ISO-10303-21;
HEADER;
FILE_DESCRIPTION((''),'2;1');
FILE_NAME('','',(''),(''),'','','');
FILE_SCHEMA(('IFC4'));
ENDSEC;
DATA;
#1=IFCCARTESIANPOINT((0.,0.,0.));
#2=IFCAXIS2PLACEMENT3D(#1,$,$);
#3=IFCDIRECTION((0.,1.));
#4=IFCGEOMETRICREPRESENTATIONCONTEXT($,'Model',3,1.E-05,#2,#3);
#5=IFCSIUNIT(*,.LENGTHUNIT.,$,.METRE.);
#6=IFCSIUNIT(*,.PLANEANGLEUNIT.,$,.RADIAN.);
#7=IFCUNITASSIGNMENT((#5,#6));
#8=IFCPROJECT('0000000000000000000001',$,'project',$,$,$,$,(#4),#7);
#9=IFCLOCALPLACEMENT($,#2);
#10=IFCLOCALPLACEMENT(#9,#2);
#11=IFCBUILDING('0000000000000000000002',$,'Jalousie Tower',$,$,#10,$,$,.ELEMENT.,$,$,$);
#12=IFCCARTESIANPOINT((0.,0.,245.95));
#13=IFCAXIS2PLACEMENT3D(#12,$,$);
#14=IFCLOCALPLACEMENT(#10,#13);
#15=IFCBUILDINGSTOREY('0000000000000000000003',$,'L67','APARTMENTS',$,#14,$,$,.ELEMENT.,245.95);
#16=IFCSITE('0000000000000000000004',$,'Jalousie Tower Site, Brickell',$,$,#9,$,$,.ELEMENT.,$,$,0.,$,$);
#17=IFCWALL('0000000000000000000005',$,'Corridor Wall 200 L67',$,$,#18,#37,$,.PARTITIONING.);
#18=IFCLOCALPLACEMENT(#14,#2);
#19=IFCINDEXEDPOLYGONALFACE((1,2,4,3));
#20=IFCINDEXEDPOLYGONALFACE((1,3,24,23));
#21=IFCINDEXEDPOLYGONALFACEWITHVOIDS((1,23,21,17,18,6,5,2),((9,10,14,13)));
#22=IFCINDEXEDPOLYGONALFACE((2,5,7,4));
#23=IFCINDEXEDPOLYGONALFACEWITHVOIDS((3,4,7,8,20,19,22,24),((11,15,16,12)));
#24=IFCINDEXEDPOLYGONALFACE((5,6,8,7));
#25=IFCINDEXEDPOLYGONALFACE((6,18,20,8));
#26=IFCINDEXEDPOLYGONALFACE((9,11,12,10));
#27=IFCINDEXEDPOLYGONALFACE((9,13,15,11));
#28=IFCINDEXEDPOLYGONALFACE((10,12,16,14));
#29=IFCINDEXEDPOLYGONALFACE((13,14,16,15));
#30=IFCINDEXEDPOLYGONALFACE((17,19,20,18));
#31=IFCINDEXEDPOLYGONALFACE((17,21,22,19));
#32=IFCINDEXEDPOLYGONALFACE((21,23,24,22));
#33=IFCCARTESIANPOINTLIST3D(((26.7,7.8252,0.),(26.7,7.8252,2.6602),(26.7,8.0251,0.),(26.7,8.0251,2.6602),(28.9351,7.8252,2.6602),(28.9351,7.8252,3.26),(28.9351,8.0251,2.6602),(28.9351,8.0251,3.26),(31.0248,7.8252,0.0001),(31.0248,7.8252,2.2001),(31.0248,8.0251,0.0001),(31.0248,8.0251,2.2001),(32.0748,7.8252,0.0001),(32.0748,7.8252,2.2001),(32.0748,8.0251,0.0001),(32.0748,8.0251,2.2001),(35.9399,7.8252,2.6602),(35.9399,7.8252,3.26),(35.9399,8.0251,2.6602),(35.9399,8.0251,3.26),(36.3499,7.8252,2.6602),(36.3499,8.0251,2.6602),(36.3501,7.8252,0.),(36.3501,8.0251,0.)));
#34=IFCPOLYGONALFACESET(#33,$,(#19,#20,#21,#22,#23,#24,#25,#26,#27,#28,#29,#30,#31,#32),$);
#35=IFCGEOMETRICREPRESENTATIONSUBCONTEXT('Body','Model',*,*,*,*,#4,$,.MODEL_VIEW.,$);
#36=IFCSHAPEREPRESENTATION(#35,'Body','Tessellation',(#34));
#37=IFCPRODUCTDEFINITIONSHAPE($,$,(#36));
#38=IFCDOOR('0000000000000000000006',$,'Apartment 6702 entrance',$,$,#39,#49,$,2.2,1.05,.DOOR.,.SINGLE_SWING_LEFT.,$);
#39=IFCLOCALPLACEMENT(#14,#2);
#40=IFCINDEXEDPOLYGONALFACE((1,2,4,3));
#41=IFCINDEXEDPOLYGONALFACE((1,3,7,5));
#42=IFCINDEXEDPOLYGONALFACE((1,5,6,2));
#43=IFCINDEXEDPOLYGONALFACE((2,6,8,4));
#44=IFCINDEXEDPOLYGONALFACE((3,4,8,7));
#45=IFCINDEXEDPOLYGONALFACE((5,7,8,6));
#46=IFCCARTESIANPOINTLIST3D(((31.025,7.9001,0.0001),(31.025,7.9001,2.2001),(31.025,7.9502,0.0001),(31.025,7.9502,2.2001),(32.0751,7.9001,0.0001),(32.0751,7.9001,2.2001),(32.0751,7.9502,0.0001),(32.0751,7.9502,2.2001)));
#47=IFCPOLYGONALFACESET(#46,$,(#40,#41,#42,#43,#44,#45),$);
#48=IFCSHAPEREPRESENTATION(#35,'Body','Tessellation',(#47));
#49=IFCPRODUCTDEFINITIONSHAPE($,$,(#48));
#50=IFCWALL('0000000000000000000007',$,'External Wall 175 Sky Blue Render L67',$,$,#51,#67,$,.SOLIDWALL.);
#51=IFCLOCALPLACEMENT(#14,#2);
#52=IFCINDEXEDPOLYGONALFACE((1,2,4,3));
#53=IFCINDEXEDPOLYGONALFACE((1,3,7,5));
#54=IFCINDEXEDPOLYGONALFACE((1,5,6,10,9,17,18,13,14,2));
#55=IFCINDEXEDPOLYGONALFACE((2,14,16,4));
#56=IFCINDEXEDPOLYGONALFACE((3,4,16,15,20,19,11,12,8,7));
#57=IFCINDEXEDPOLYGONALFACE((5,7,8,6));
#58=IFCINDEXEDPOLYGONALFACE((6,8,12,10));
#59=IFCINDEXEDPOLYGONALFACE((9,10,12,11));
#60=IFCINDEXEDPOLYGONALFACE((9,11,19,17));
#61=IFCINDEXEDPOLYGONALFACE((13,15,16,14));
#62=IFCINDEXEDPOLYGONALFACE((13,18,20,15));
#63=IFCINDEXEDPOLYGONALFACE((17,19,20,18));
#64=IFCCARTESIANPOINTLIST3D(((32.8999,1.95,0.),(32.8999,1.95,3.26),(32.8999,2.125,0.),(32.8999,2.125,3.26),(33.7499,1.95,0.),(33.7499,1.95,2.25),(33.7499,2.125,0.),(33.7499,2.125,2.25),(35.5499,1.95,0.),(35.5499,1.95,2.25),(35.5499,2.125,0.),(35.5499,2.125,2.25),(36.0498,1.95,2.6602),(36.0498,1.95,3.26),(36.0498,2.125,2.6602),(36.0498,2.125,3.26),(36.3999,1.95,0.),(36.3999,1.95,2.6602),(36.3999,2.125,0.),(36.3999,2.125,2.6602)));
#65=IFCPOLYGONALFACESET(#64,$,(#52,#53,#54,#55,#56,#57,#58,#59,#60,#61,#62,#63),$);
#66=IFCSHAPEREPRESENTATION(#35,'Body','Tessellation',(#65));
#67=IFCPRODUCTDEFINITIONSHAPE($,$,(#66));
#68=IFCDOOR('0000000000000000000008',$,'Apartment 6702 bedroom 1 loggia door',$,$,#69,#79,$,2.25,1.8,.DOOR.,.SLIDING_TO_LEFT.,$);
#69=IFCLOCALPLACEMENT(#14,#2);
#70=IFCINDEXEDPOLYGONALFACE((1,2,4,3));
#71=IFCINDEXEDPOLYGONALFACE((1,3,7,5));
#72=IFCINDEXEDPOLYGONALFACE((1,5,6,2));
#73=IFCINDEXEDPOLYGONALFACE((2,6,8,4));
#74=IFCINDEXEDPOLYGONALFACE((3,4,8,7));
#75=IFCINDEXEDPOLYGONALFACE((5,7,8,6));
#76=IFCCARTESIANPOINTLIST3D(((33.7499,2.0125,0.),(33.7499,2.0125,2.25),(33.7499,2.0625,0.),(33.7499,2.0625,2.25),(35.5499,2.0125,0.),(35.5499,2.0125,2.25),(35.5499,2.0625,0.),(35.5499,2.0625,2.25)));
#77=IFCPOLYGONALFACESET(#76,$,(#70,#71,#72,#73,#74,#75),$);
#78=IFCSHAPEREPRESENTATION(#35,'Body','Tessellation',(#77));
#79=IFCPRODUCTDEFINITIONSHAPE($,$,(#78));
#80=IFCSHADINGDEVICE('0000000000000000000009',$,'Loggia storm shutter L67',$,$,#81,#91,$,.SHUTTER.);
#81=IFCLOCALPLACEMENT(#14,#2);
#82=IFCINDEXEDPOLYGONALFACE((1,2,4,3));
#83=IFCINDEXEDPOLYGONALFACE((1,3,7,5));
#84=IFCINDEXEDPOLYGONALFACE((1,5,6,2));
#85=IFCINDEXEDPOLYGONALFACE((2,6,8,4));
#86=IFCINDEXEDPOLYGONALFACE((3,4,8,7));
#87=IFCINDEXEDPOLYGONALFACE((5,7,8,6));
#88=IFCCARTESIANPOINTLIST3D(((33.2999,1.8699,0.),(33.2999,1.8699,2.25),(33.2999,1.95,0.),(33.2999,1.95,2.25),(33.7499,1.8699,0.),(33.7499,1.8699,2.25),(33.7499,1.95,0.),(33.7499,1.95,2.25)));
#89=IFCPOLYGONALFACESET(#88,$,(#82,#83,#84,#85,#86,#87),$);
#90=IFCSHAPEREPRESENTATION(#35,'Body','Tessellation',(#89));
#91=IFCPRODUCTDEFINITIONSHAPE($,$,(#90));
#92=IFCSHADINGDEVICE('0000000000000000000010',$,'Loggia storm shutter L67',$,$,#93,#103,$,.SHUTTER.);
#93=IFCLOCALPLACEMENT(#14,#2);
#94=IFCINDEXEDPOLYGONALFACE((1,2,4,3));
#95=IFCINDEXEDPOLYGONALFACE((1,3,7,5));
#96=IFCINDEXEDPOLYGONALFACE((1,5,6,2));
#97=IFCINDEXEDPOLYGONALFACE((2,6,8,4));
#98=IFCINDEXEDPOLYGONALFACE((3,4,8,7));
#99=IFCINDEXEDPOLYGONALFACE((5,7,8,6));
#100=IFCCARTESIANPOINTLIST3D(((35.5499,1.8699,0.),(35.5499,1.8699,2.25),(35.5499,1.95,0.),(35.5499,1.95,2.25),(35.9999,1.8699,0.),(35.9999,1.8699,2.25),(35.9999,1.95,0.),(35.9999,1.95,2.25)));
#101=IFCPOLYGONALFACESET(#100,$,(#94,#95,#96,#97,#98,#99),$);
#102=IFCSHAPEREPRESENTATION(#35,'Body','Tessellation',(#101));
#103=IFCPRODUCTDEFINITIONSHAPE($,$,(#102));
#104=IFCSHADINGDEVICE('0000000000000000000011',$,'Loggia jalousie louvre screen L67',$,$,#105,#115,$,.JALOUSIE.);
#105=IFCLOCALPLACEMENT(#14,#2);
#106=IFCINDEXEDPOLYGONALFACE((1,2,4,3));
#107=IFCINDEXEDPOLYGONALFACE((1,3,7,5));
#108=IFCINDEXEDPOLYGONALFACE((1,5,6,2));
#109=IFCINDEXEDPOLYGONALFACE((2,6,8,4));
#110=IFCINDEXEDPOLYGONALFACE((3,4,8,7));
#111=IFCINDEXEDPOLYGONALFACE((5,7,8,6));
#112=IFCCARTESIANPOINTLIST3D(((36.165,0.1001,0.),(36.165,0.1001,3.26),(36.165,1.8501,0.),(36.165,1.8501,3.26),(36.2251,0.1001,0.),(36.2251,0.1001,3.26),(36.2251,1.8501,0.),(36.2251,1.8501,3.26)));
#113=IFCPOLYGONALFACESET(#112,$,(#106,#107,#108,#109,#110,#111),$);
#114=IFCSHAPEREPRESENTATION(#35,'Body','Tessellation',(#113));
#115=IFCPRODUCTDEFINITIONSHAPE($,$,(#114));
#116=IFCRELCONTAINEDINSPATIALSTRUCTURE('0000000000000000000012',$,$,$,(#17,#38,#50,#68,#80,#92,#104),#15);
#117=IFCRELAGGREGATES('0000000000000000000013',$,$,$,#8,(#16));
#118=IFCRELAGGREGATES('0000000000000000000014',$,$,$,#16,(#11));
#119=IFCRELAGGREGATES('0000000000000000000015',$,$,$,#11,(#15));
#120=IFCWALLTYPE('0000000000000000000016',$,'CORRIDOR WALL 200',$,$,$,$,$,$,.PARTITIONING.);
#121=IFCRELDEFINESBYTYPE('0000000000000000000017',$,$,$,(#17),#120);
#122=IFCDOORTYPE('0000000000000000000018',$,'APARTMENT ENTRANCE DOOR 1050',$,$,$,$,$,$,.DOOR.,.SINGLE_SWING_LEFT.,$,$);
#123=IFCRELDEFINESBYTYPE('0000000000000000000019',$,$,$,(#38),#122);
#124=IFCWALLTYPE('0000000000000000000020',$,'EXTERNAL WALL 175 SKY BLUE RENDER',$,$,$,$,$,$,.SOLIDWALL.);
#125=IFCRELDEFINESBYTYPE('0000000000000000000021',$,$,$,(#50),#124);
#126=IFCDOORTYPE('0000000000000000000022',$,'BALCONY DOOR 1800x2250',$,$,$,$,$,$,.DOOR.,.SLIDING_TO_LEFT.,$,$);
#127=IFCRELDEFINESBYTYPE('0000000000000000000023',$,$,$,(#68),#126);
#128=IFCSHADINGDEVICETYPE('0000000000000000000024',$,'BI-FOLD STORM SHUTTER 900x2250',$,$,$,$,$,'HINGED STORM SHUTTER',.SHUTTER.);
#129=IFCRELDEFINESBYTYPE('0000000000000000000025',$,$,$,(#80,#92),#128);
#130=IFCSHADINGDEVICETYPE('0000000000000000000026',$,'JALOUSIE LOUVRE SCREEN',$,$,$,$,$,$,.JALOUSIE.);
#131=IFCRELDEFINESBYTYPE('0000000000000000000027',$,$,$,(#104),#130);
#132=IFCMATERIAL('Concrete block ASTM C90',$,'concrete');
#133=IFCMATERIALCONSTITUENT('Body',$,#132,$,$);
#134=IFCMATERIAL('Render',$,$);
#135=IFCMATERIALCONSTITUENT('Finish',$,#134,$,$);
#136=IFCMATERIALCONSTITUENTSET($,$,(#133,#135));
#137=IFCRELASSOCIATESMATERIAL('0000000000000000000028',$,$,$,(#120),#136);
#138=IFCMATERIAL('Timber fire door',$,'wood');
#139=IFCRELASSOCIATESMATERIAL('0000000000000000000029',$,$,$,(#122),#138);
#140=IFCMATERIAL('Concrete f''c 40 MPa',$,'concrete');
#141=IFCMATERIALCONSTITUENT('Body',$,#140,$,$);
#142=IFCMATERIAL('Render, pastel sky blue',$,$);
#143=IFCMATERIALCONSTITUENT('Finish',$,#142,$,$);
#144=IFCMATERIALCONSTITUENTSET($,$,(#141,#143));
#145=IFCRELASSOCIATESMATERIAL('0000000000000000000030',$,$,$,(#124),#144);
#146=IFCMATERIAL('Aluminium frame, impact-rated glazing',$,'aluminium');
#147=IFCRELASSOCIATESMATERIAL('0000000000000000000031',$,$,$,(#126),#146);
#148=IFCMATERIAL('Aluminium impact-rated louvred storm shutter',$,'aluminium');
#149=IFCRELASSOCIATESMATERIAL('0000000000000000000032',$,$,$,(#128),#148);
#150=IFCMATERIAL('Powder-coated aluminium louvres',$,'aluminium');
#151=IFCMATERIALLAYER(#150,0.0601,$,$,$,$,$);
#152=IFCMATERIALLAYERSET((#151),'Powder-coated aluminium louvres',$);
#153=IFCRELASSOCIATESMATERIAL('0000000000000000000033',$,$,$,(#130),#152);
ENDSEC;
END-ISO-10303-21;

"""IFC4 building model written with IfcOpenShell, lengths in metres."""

from ifc_helpers import new_model, si_unit, direction, frame, frame_2d, origin, origin_2d, place, context, subcontext, project, spatial, polyline, rectangle, outline, extrude, material, layer, layer_set, constituent, constituent_set, type_object, element, fill, save


model = new_model("IFC4")

# Units and contexts
model_context = context("Model", 3, precision=1e-05, world=origin(), true_north=direction((0.0, 1.0)))
body_context = subcontext(model_context, "Body", "Model", "MODEL_VIEW")
ifc_project = project(units=[si_unit("LENGTHUNIT", "METRE"), si_unit("PLANEANGLEUNIT", "RADIAN")], contexts=[model_context])

# Site, building, storey
site_placement = place(None, origin())
site = spatial("IfcSite", under=ifc_project, at=site_placement, Name="Jalousie Tower Site, Brickell", CompositionType="ELEMENT", RefElevation=0.0)
building_placement = place(site_placement, origin())
building = spatial("IfcBuilding", under=site, at=building_placement, Name="Jalousie Tower", CompositionType="ELEMENT")
storey_placement = place(building_placement, frame((0.0, 0.0, 245.95)))
storey = spatial("IfcBuildingStorey", under=building, at=storey_placement, Name="L67", Description="APARTMENTS", CompositionType="ELEMENT", Elevation=245.95)

# Walls, openings, doors
ifc_material_1 = material(Name="Concrete block ASTM C90", Category="concrete")
ifc_constituent_1 = constituent(ifc_material_1, Name="Body")
ifc_material_2 = material(Name="Render")
ifc_constituent_2 = constituent(ifc_material_2, Name="Finish")
ifc_constituent_set_1 = constituent_set(constituents=[ifc_constituent_1, ifc_constituent_2])
wall_type_1 = type_object("IfcWallType", Name="CORRIDOR WALL 200", PredefinedType="PARTITIONING", material=ifc_constituent_set_1)
wall_1_placement = place(storey_placement, frame((26.7, 7.925, 0.0), z_axis=(0.0, 0.0, 1.0), x_axis=(1.0, 0.0, 0.0)))
wall_1 = element("IfcWall", 1, at=wall_1_placement, inside=storey, type_object=wall_type_1, Name="Corridor Wall 200 L67", PredefinedType="PARTITIONING", context=body_context, shape_type="SweptSolid", body=[
    extrude(outline(polyline([(0.0, 0.0), (9.6501, 0.0), (9.6499, 3.26), (9.6499, 2.6602), (9.24, 2.6602), (9.24, 3.26), (2.2351, 3.26), (2.2351, 2.6602), (0.0, 2.6602), (0.0, 3.26), (0.0, 0.0)])), frame((0.0, 0.1001, 0.0), z_axis=(0.0, -1.0, 0.0), x_axis=(1.0, 0.0, 0.0)), (0.0, 0.0, 1.0), 0.2),
])
opening_1_placement = place(wall_1_placement, frame((4.325, 0.0, 0.0)))
opening_1 = element("IfcOpeningElement", 2, at=opening_1_placement, cuts=wall_1, PredefinedType="OPENING", context=body_context, shape_type="SweptSolid", body=[
    extrude(rectangle(XDim=1.05, YDim=2.2, at=frame_2d((0.5249, 1.1001))), frame((0.0, 0.1099, 0.0), z_axis=(0.0, -1.0, 0.0), x_axis=(1.0, 0.0, 0.0)), (0.0, 0.0, 1.0), 0.22),
])
ifc_material_3 = material(Name="Timber fire door", Category="wood")
door_type_1 = type_object("IfcDoorType", Name="APARTMENT ENTRANCE DOOR 1050", OperationType="SINGLE_SWING_LEFT", PredefinedType="DOOR", material=ifc_material_3)
door_1_placement = place(opening_1_placement, frame((1.05, 0.0, 0.0), z_axis=(0.0, 0.0, 1.0), x_axis=(-1.0, 0.0, 0.0)))
door_1 = element("IfcDoor", 3, at=door_1_placement, inside=storey, type_object=door_type_1, Name="Apartment 6702 entrance", OperationType="SINGLE_SWING_LEFT", OverallHeight=2.2, OverallWidth=1.05, PredefinedType="DOOR", context=body_context, shape_type="SweptSolid", body=[
    extrude(rectangle(XDim=1.05, YDim=2.2, at=frame_2d((0.5249, 1.1001))), frame((0.0, 0.0249, 0.0), z_axis=(0.0, -1.0, 0.0), x_axis=(1.0, 0.0, 0.0)), (0.0, 0.0, 1.0), 0.05),
])
fill(opening_1, door_1)
ifc_material_4 = material(Name="Concrete f'c 40 MPa", Category="concrete")
ifc_constituent_3 = constituent(ifc_material_4, Name="Body")
ifc_material_5 = material(Name="Render, pastel sky blue")
ifc_constituent_4 = constituent(ifc_material_5, Name="Finish")
ifc_constituent_set_2 = constituent_set(constituents=[ifc_constituent_3, ifc_constituent_4])
wall_type_2 = type_object("IfcWallType", Name="EXTERNAL WALL 175 SKY BLUE RENDER", PredefinedType="SOLIDWALL", material=ifc_constituent_set_2)
wall_2_placement = place(storey_placement, frame((32.8999, 2.0376, 0.0), z_axis=(0.0, 0.0, 1.0), x_axis=(1.0, 0.0, 0.0)))
wall_2 = element("IfcWall", 4, at=wall_2_placement, inside=storey, type_object=wall_type_2, Name="External Wall 175 Sky Blue Render L67", PredefinedType="SOLIDWALL", context=body_context, shape_type="SweptSolid", body=[
    extrude(outline(polyline([(0.0, 0.0), (3.5, 0.0), (3.5, 2.6602), (3.1499, 2.6602), (3.1499, 3.26), (0.0, 3.26), (0.0, 0.0)])), frame((0.0, 0.0874, 0.0), z_axis=(0.0, -1.0, 0.0), x_axis=(1.0, 0.0, 0.0)), (0.0, 0.0, 1.0), 0.175),
])
opening_2_placement = place(wall_2_placement, frame((0.8501, 0.0, 0.0)))
opening_2 = element("IfcOpeningElement", 5, at=opening_2_placement, cuts=wall_2, PredefinedType="OPENING", context=body_context, shape_type="SweptSolid", body=[
    extrude(rectangle(XDim=1.8, YDim=2.25, at=frame_2d((0.8999, 1.125))), frame((0.0, 0.0974, 0.0), z_axis=(0.0, -1.0, 0.0), x_axis=(1.0, 0.0, 0.0)), (0.0, 0.0, 1.0), 0.1951),
])
ifc_material_6 = material(Name="Aluminium frame, impact-rated glazing", Category="aluminium")
door_type_2 = type_object("IfcDoorType", Name="BALCONY DOOR 1800x2250", OperationType="SLIDING_TO_LEFT", PredefinedType="DOOR", material=ifc_material_6)
door_2_placement = place(opening_2_placement, origin())
door_2 = element("IfcDoor", 6, at=door_2_placement, inside=storey, type_object=door_type_2, Name="Apartment 6702 bedroom 1 loggia door", OperationType="SLIDING_TO_LEFT", OverallHeight=2.25, OverallWidth=1.8, PredefinedType="DOOR", context=body_context, shape_type="SweptSolid", body=[
    extrude(rectangle(XDim=1.8, YDim=2.25, at=frame_2d((0.8999, 1.125))), frame((0.0, 0.0249, 0.0), z_axis=(0.0, -1.0, 0.0), x_axis=(1.0, 0.0, 0.0)), (0.0, 0.0, 1.0), 0.05),
])
fill(opening_2, door_2)

# Shading devices
ifc_material_7 = material(Name="Aluminium impact-rated louvred storm shutter", Category="aluminium")
shading_device_type_1 = type_object("IfcShadingDeviceType", Name="BI-FOLD STORM SHUTTER 900x2250", ElementType="HINGED STORM SHUTTER", PredefinedType="SHUTTER", material=ifc_material_7)
for number, where, z_axis, x_axis, name in (
    (7, (33.5249, 1.9099, 0.0), (0.0, 0.0, 1.0), (1.0, 0.0, 0.0), "Loggia storm shutter L67"),
    (8, (35.7749, 1.9099, 0.0), (0.0, 0.0, 1.0), (1.0, 0.0, 0.0), "Loggia storm shutter L67"),
):
    element("IfcShadingDevice", number, at=place(storey_placement, frame(where, z_axis=z_axis, x_axis=x_axis)), inside=storey, type_object=shading_device_type_1, Name=name, PredefinedType="SHUTTER", context=body_context, shape_type="SweptSolid", body=[
        extrude(rectangle(XDim=0.45, YDim=0.0801, at=origin_2d()), origin(), (0.0, 0.0, 1.0), 2.25),
    ])
ifc_material_8 = material(Name="Powder-coated aluminium louvres", Category="aluminium")
ifc_layer_1 = layer(ifc_material_8, 0.0601)
ifc_layer_set_1 = layer_set([ifc_layer_1], Name="Powder-coated aluminium louvres")
shading_device_type_2 = type_object("IfcShadingDeviceType", Name="JALOUSIE LOUVRE SCREEN", PredefinedType="JALOUSIE", material=ifc_layer_set_1)
shading_device_placement = place(storey_placement, frame((36.1951, 0.9751, 0.0), z_axis=(0.0, 0.0, 1.0), x_axis=(1.0, 0.0, 0.0)))
element("IfcShadingDevice", 9, at=shading_device_placement, inside=storey, type_object=shading_device_type_2, Name="Loggia jalousie louvre screen L67", PredefinedType="JALOUSIE", context=body_context, shape_type="SweptSolid", body=[
    extrude(rectangle(XDim=0.0601, YDim=1.75, at=origin_2d()), origin(), (0.0, 0.0, 1.0), 3.26),
])

save(model, "model.ifc")
